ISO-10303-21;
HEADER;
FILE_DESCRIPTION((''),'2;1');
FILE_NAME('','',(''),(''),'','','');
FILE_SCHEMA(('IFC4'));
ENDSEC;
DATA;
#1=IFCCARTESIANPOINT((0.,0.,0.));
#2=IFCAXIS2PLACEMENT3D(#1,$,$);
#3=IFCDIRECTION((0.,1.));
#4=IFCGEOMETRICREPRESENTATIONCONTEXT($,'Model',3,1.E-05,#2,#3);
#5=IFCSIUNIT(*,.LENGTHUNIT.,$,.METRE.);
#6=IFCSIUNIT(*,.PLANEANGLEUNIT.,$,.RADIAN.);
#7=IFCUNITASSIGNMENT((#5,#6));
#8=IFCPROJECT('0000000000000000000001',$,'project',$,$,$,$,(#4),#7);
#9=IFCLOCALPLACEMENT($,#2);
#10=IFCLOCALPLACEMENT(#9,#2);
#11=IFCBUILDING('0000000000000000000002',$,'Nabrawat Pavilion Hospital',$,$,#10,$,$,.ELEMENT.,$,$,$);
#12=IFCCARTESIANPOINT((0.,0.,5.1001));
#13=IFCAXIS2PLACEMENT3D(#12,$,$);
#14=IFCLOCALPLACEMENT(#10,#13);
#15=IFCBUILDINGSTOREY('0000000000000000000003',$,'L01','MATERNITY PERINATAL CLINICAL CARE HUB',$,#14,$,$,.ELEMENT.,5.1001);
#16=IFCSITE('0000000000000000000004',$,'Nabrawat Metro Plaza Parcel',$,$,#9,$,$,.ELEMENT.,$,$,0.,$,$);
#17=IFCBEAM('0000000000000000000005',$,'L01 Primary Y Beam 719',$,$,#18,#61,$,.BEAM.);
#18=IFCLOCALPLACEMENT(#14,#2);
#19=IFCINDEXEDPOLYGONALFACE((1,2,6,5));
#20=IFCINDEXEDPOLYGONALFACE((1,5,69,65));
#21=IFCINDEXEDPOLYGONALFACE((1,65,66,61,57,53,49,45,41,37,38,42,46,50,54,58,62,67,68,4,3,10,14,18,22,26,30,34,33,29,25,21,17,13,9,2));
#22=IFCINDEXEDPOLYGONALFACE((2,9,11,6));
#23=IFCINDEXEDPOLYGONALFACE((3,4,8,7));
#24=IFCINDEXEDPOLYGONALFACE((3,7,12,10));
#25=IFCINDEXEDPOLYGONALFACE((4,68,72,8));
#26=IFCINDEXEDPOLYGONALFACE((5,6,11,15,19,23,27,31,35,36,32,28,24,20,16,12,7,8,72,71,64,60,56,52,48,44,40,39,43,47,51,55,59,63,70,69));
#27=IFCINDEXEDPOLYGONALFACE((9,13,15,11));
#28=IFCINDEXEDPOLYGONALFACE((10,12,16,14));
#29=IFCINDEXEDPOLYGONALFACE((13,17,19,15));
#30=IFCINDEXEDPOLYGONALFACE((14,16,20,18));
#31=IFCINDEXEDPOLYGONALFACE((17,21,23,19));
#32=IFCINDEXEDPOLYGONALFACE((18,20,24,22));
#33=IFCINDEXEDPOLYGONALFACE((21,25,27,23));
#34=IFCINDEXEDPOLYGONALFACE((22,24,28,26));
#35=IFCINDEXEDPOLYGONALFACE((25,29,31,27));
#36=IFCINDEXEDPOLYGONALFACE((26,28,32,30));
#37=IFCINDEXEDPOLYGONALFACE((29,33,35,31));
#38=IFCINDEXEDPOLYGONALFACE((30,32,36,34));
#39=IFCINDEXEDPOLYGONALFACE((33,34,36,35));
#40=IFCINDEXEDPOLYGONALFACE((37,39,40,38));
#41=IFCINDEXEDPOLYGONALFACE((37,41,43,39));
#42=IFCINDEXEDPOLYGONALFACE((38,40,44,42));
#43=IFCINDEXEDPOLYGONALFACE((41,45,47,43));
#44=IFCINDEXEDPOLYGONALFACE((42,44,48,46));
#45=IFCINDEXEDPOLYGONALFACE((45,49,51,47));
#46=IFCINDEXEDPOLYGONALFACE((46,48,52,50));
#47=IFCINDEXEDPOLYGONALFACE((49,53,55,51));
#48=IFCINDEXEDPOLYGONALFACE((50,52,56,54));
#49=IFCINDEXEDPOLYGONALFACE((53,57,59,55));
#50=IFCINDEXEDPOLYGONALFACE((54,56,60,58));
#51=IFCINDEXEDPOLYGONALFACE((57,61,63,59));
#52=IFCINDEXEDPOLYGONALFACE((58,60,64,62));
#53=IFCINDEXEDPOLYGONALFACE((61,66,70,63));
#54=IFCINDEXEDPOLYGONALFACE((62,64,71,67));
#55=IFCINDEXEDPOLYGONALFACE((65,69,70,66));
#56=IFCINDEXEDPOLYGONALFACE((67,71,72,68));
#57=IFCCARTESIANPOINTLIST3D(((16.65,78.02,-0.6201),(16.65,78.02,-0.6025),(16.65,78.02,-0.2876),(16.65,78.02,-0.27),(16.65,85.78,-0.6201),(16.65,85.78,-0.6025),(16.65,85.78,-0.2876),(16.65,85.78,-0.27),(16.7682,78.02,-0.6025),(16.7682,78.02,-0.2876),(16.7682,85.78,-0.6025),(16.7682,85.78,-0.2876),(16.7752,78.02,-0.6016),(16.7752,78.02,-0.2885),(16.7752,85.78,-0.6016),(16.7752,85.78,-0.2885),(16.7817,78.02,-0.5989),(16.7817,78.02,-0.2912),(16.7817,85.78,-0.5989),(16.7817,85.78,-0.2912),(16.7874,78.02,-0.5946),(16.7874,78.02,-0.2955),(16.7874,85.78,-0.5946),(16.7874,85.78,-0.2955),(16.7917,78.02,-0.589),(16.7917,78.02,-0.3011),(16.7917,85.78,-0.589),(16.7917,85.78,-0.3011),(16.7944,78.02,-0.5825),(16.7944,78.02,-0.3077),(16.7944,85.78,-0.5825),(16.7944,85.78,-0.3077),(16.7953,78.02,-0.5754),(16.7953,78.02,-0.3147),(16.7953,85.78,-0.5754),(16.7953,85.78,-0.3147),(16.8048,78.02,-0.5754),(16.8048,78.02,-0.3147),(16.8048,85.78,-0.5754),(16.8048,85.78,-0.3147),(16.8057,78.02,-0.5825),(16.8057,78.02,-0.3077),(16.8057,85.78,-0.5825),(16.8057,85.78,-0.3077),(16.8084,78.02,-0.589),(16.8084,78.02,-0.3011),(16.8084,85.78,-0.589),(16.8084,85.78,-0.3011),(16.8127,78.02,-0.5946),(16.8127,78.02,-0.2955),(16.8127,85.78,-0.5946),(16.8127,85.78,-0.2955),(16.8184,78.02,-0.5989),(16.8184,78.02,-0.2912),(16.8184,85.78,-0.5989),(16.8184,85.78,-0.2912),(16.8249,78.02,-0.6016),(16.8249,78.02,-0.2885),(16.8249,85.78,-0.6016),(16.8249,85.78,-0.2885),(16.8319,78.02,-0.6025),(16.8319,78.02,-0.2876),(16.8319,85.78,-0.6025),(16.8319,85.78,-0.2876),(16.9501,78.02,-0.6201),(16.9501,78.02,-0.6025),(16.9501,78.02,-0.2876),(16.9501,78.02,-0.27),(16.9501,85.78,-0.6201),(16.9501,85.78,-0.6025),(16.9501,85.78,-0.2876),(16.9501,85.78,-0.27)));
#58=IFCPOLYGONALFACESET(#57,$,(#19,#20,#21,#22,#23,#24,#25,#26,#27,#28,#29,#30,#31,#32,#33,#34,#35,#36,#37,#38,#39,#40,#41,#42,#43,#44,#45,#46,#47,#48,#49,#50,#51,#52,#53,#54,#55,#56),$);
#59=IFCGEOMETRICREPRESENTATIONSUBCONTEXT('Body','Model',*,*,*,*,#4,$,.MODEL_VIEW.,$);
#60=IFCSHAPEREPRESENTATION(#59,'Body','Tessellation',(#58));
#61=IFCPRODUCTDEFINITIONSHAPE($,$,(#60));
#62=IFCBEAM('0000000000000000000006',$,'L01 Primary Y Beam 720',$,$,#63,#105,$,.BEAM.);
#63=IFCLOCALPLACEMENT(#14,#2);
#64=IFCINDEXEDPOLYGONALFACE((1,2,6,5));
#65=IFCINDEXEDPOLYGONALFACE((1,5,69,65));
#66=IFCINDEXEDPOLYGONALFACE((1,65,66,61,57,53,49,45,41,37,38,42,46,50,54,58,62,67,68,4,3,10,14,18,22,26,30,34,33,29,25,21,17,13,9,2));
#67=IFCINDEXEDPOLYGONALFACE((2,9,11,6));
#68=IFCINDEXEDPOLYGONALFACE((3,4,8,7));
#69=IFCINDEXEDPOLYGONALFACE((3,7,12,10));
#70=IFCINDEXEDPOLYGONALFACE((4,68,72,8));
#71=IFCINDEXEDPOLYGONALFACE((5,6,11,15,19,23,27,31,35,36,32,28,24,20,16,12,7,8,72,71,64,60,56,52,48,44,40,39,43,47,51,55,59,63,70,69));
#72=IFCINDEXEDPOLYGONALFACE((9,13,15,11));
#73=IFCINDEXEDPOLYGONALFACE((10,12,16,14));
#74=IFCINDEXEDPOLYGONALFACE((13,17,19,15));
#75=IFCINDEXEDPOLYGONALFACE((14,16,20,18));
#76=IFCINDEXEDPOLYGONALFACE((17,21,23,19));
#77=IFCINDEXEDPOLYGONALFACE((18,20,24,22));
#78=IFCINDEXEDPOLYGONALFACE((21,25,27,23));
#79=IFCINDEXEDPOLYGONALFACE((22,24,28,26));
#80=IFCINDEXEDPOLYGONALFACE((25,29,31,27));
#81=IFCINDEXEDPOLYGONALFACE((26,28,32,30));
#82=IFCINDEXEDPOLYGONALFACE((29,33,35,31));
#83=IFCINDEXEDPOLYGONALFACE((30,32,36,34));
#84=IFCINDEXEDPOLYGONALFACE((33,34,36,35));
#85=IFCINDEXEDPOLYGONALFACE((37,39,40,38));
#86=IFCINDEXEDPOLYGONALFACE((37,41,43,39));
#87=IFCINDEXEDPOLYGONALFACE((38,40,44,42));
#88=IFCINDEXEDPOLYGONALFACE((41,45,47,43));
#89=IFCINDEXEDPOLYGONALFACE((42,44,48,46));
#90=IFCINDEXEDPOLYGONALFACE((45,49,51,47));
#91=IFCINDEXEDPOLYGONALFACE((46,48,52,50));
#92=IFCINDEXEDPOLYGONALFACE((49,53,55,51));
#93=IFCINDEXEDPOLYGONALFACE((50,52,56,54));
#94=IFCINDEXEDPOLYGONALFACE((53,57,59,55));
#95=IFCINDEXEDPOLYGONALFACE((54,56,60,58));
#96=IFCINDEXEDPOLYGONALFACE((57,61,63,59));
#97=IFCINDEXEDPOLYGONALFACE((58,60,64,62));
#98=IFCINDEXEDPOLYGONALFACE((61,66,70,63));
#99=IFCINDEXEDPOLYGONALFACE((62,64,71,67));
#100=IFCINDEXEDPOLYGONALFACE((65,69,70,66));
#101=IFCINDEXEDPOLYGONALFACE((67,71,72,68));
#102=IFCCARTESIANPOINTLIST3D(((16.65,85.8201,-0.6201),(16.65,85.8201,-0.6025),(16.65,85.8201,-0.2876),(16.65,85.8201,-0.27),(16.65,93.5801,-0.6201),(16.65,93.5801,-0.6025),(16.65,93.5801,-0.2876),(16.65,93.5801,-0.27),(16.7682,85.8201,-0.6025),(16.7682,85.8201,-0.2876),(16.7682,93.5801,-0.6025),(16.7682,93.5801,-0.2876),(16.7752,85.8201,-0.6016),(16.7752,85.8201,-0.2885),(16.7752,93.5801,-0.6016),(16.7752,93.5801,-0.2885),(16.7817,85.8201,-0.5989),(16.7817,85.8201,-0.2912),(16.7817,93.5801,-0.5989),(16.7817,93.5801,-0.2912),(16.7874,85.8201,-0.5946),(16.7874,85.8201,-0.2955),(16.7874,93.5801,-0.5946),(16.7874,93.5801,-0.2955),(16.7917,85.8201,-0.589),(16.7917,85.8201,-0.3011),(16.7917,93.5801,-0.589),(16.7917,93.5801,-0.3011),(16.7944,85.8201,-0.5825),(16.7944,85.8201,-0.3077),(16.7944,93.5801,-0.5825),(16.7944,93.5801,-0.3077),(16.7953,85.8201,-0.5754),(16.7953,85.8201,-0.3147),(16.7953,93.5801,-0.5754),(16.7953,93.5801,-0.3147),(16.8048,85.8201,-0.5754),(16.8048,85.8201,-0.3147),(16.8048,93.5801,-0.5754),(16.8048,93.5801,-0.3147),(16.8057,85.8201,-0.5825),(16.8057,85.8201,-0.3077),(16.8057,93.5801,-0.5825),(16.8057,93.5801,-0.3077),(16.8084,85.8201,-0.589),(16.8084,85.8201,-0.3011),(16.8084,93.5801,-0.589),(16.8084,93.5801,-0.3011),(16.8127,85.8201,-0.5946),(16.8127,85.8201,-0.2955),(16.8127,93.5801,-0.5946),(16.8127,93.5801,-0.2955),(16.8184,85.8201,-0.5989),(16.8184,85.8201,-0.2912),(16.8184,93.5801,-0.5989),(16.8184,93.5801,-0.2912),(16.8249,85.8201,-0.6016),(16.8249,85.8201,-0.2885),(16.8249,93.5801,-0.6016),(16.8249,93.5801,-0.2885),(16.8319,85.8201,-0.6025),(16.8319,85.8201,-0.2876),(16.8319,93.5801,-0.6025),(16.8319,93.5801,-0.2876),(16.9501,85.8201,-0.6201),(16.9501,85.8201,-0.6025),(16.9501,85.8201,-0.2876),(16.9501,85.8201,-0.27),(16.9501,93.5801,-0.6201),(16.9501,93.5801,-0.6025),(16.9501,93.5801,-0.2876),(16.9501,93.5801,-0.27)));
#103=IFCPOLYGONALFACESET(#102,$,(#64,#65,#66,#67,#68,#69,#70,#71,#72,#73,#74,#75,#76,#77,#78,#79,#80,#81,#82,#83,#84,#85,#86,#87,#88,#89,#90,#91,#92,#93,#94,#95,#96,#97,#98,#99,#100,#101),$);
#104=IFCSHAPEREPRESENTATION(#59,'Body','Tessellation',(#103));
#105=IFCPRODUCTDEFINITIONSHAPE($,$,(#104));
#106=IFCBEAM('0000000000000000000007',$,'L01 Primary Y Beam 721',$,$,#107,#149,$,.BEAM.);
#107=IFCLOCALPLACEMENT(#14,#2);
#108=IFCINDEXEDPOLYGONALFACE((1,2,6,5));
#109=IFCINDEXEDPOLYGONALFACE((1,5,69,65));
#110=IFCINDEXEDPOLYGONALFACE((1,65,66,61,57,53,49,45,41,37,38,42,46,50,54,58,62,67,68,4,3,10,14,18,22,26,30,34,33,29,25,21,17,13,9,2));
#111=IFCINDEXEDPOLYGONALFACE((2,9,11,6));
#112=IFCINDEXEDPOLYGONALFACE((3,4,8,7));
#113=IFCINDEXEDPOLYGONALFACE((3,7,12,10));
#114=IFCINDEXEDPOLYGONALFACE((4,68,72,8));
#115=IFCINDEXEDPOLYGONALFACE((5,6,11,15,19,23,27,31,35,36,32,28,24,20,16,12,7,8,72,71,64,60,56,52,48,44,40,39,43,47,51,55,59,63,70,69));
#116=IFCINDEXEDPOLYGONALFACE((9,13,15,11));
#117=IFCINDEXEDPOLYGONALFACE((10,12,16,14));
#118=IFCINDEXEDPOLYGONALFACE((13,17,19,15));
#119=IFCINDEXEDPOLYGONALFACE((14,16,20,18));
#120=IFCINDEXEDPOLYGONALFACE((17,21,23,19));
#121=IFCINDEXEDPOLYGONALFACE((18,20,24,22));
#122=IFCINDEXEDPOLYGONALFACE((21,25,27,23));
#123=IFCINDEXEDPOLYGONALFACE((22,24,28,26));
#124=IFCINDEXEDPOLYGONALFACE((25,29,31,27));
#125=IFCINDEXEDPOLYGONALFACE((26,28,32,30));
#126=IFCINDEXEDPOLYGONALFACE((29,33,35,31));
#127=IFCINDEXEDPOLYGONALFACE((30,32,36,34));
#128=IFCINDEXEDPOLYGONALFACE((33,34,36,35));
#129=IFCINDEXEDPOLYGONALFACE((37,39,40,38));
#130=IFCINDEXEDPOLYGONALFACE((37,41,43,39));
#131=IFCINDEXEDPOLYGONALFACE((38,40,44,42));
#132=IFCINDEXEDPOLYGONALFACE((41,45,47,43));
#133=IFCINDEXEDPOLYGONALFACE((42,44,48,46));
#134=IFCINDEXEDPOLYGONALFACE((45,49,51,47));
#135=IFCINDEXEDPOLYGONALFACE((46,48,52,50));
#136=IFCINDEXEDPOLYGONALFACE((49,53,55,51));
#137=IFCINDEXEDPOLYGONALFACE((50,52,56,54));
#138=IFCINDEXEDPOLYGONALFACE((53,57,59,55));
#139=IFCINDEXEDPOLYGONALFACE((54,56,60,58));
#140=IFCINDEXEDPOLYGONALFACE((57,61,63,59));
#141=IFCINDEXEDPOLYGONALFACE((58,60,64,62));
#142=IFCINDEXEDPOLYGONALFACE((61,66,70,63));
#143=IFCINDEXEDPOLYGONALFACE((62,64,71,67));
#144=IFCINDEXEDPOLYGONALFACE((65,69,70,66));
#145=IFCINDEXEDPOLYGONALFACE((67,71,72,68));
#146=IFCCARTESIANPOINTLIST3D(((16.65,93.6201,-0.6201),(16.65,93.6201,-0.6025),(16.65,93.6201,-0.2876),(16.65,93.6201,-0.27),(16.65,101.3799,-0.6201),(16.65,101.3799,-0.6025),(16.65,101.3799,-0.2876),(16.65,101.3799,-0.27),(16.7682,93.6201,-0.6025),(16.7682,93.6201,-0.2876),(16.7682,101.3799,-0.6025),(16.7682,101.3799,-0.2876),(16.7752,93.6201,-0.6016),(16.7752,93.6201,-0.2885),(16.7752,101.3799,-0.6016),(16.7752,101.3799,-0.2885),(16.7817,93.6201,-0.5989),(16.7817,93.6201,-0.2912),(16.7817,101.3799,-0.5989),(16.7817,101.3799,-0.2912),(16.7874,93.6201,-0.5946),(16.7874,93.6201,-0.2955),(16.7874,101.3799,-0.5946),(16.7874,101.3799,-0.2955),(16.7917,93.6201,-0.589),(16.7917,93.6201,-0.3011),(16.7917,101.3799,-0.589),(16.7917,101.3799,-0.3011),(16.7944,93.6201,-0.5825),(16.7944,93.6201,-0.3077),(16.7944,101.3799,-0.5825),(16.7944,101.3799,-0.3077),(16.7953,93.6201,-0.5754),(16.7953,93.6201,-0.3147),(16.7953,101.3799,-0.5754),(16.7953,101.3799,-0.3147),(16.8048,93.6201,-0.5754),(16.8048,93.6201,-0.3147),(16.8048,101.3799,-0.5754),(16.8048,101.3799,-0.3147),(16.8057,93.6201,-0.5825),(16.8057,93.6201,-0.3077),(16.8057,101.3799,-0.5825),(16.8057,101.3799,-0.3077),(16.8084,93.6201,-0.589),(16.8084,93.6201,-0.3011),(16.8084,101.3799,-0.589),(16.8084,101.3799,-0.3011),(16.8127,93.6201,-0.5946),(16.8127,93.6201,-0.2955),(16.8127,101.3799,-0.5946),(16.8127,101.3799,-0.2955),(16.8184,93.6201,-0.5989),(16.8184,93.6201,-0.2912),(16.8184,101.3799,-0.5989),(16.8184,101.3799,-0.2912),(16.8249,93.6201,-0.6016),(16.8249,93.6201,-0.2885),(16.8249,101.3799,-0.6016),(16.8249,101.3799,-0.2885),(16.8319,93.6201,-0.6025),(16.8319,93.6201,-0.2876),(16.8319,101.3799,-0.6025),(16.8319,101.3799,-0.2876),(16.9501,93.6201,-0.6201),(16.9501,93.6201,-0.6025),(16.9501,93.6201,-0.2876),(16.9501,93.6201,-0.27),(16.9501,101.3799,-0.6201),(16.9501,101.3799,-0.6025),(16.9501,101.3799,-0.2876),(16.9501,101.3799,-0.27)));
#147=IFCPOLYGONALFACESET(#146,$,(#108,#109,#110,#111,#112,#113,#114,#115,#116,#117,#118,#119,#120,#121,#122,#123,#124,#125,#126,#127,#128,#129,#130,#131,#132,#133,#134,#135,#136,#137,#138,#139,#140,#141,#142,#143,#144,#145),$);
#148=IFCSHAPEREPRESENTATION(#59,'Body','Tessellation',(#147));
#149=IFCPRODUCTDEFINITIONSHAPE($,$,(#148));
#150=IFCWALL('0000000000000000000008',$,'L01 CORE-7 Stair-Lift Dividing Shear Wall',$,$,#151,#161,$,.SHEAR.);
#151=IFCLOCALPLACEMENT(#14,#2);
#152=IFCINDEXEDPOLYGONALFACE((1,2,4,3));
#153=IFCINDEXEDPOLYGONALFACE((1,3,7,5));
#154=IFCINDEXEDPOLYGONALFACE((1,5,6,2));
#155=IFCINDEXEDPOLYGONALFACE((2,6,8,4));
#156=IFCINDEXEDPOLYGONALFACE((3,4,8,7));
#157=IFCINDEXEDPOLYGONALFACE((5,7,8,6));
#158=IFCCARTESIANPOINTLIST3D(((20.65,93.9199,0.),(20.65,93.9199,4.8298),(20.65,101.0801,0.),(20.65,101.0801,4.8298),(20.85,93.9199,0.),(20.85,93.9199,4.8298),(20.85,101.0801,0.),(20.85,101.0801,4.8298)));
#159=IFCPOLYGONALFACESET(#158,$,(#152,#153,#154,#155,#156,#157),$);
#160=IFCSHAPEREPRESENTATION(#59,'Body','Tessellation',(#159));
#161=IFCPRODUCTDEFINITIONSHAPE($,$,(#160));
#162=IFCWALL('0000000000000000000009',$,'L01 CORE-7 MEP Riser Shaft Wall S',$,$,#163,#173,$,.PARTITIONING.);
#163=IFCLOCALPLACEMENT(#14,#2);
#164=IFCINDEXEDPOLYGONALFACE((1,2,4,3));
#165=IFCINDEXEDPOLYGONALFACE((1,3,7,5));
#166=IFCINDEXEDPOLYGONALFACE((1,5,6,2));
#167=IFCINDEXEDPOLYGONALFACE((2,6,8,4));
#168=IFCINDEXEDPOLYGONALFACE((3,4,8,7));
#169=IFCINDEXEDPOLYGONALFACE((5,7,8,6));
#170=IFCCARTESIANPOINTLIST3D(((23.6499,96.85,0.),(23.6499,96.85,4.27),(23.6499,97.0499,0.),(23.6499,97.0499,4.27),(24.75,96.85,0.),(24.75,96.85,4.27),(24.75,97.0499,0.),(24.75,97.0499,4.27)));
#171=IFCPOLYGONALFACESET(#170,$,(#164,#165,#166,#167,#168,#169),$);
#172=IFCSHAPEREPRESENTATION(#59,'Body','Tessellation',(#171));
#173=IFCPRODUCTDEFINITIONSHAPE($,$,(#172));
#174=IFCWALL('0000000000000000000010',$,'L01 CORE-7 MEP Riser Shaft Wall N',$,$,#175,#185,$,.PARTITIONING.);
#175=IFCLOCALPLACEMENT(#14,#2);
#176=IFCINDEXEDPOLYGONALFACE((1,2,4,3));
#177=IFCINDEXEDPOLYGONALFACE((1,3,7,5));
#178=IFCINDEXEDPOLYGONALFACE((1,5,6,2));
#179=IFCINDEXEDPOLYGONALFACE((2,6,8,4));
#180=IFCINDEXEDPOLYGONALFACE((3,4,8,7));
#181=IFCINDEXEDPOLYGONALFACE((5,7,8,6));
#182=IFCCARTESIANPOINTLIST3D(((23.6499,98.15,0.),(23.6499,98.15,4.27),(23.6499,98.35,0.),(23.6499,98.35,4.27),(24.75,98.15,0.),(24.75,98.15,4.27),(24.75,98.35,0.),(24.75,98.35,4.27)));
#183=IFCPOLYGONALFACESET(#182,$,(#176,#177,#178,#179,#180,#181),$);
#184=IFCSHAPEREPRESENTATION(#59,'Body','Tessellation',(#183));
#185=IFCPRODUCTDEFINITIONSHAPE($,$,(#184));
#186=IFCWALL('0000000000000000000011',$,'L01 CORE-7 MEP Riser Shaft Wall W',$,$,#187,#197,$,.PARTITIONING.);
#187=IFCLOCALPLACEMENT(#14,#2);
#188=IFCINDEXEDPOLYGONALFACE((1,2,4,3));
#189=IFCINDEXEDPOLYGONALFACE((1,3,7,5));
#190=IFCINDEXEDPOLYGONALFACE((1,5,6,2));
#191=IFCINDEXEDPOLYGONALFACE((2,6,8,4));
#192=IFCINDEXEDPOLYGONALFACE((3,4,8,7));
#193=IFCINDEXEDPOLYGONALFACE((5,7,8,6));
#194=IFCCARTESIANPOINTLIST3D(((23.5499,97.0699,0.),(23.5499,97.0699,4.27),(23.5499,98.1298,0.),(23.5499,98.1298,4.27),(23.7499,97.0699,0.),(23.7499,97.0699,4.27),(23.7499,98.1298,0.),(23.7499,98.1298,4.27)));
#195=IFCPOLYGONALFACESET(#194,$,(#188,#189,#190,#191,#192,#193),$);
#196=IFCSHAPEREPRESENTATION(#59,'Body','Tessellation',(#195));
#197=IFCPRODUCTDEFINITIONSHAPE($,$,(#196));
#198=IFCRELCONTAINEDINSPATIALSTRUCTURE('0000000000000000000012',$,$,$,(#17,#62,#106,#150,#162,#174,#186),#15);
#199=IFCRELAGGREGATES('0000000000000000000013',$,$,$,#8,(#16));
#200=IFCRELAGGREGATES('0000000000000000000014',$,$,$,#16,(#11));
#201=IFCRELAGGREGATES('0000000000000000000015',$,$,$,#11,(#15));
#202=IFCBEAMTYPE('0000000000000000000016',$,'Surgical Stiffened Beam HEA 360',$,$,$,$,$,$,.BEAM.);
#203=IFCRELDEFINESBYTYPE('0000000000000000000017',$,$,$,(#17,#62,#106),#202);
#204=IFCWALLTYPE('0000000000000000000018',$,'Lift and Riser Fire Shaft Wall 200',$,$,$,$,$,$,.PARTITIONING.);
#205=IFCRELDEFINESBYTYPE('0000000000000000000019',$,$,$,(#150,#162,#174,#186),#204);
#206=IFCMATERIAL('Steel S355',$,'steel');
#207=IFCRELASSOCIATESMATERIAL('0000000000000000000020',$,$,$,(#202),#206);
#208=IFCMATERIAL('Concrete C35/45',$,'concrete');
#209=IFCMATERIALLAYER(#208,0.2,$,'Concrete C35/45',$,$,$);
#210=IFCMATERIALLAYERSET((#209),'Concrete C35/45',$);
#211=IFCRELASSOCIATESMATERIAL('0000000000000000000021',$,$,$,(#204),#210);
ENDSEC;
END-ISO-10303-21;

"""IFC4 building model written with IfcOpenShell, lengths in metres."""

from ifc_helpers import new_model, si_unit, direction, frame, frame_2d, origin, origin_2d, place, context, subcontext, project, spatial, rectangle, i_section, extrude, material, layer, layer_set, material_profile, profile_set, type_object, element, save


model = new_model("IFC4")

# Units and contexts
model_context = context("Model", 3, precision=1e-05, world=origin(), true_north=direction((0.0, 1.0)))
body_context = subcontext(model_context, "Body", "Model", "MODEL_VIEW")
ifc_project = project(units=[si_unit("LENGTHUNIT", "METRE"), si_unit("PLANEANGLEUNIT", "RADIAN")], contexts=[model_context])

# Site, building, storey
site_placement = place(None, origin())
site = spatial("IfcSite", under=ifc_project, at=site_placement, Name="Nabrawat Metro Plaza Parcel", CompositionType="ELEMENT", RefElevation=0.0)
building_placement = place(site_placement, origin())
building = spatial("IfcBuilding", under=site, at=building_placement, Name="Nabrawat Pavilion Hospital", CompositionType="ELEMENT")
storey_placement = place(building_placement, frame((0.0, 0.0, 5.1001)))
storey = spatial("IfcBuildingStorey", under=building, at=storey_placement, Name="L01", Description="MATERNITY PERINATAL CLINICAL CARE HUB", CompositionType="ELEMENT", Elevation=5.1001)

# Shared definitions
ifc_material_1 = material(Name="Steel S355", Category="steel")

# Beams
ifc_material_profile_1 = material_profile(ifc_material_1, i_section(OverallWidth=0.3, OverallDepth=0.3501, WebThickness=0.0095, FlangeThickness=0.0176, FilletRadius=0.0271, at=origin_2d()), Name="HEA 360")
ifc_profile_set_1 = profile_set([ifc_material_profile_1], Name="Steel S355")
beam_type_1 = type_object("IfcBeamType", Name="Surgical Stiffened Beam HEA 360", PredefinedType="BEAM", material=ifc_profile_set_1)
for number, where, z_axis, x_axis, name in (
    (1, (16.8, 78.02, -0.4451), (0.0, 1.0, 0.0), (-1.0, 0.0, 0.0), "L01 Primary Y Beam 719"),
    (2, (16.8, 85.8201, -0.4451), (0.0, 1.0, 0.0), (-1.0, 0.0, 0.0), "L01 Primary Y Beam 720"),
):
    element("IfcBeam", number, at=place(storey_placement, frame(where, z_axis=z_axis, x_axis=x_axis)), inside=storey, type_object=beam_type_1, Name=name, PredefinedType="BEAM", context=body_context, shape_type="SweptSolid", body=[
        extrude(i_section(OverallWidth=0.3, OverallDepth=0.3501, WebThickness=0.0095, FlangeThickness=0.0176, FilletRadius=0.0271, at=origin_2d()), origin(), (0.0, 0.0, 1.0), 7.76),
    ])
beam_1_placement = place(storey_placement, frame((16.8, 93.6201, -0.4451), z_axis=(0.0, 1.0, 0.0), x_axis=(-1.0, 0.0, 0.0)))
element("IfcBeam", 3, at=beam_1_placement, inside=storey, type_object=beam_type_1, Name="L01 Primary Y Beam 721", PredefinedType="BEAM", context=body_context, shape_type="SweptSolid", body=[
    extrude(i_section(OverallWidth=0.3, OverallDepth=0.3501, WebThickness=0.0095, FlangeThickness=0.0176, FilletRadius=0.0271, at=origin_2d()), origin(), (0.0, 0.0, 1.0), 7.7598),
])

# Walls
ifc_material_2 = material(Name="Concrete C35/45", Category="concrete")
ifc_layer_1 = layer(ifc_material_2, 0.2, Name="Concrete C35/45")
ifc_layer_set_1 = layer_set([ifc_layer_1], Name="Concrete C35/45")
wall_type_1 = type_object("IfcWallType", Name="Lift and Riser Fire Shaft Wall 200", PredefinedType="PARTITIONING", material=ifc_layer_set_1)
wall_1_placement = place(storey_placement, frame((20.75, 93.9199, 0.0), z_axis=(0.0, 0.0, 1.0), x_axis=(0.0, 1.0, 0.0)))
element("IfcWall", 4, at=wall_1_placement, inside=storey, type_object=wall_type_1, Name="L01 CORE-7 Stair-Lift Dividing Shear Wall", PredefinedType="SHEAR", context=body_context, shape_type="SweptSolid", body=[
    extrude(rectangle(XDim=7.1602, YDim=0.2, at=frame_2d((3.5801, 0.0))), origin(), (0.0, 0.0, 1.0), 4.8298),
])
for number, where, z_axis, x_axis, name in (
    (5, (23.6499, 96.95, 0.0), (0.0, 0.0, 1.0), (1.0, 0.0, 0.0), "L01 CORE-7 MEP Riser Shaft Wall S"),
    (6, (23.6499, 98.25, 0.0), (0.0, 0.0, 1.0), (1.0, 0.0, 0.0), "L01 CORE-7 MEP Riser Shaft Wall N"),
):
    element("IfcWall", number, at=place(storey_placement, frame(where, z_axis=z_axis, x_axis=x_axis)), inside=storey, type_object=wall_type_1, Name=name, PredefinedType="PARTITIONING", context=body_context, shape_type="SweptSolid", body=[
        extrude(rectangle(XDim=1.1001, YDim=0.2, at=frame_2d((0.55, 0.0))), origin(), (0.0, 0.0, 1.0), 4.27),
    ])
wall_2_placement = place(storey_placement, frame((23.6499, 97.0701, 0.0), z_axis=(0.0, 0.0, 1.0), x_axis=(0.0, 1.0, 0.0)))
element("IfcWall", 7, at=wall_2_placement, inside=storey, type_object=wall_type_1, Name="L01 CORE-7 MEP Riser Shaft Wall W", PredefinedType="PARTITIONING", context=body_context, shape_type="SweptSolid", body=[
    extrude(rectangle(XDim=1.0598, YDim=0.2, at=frame_2d((0.5298, 0.0))), origin(), (0.0, 0.0, 1.0), 4.27),
])

save(model, "model.ifc")
